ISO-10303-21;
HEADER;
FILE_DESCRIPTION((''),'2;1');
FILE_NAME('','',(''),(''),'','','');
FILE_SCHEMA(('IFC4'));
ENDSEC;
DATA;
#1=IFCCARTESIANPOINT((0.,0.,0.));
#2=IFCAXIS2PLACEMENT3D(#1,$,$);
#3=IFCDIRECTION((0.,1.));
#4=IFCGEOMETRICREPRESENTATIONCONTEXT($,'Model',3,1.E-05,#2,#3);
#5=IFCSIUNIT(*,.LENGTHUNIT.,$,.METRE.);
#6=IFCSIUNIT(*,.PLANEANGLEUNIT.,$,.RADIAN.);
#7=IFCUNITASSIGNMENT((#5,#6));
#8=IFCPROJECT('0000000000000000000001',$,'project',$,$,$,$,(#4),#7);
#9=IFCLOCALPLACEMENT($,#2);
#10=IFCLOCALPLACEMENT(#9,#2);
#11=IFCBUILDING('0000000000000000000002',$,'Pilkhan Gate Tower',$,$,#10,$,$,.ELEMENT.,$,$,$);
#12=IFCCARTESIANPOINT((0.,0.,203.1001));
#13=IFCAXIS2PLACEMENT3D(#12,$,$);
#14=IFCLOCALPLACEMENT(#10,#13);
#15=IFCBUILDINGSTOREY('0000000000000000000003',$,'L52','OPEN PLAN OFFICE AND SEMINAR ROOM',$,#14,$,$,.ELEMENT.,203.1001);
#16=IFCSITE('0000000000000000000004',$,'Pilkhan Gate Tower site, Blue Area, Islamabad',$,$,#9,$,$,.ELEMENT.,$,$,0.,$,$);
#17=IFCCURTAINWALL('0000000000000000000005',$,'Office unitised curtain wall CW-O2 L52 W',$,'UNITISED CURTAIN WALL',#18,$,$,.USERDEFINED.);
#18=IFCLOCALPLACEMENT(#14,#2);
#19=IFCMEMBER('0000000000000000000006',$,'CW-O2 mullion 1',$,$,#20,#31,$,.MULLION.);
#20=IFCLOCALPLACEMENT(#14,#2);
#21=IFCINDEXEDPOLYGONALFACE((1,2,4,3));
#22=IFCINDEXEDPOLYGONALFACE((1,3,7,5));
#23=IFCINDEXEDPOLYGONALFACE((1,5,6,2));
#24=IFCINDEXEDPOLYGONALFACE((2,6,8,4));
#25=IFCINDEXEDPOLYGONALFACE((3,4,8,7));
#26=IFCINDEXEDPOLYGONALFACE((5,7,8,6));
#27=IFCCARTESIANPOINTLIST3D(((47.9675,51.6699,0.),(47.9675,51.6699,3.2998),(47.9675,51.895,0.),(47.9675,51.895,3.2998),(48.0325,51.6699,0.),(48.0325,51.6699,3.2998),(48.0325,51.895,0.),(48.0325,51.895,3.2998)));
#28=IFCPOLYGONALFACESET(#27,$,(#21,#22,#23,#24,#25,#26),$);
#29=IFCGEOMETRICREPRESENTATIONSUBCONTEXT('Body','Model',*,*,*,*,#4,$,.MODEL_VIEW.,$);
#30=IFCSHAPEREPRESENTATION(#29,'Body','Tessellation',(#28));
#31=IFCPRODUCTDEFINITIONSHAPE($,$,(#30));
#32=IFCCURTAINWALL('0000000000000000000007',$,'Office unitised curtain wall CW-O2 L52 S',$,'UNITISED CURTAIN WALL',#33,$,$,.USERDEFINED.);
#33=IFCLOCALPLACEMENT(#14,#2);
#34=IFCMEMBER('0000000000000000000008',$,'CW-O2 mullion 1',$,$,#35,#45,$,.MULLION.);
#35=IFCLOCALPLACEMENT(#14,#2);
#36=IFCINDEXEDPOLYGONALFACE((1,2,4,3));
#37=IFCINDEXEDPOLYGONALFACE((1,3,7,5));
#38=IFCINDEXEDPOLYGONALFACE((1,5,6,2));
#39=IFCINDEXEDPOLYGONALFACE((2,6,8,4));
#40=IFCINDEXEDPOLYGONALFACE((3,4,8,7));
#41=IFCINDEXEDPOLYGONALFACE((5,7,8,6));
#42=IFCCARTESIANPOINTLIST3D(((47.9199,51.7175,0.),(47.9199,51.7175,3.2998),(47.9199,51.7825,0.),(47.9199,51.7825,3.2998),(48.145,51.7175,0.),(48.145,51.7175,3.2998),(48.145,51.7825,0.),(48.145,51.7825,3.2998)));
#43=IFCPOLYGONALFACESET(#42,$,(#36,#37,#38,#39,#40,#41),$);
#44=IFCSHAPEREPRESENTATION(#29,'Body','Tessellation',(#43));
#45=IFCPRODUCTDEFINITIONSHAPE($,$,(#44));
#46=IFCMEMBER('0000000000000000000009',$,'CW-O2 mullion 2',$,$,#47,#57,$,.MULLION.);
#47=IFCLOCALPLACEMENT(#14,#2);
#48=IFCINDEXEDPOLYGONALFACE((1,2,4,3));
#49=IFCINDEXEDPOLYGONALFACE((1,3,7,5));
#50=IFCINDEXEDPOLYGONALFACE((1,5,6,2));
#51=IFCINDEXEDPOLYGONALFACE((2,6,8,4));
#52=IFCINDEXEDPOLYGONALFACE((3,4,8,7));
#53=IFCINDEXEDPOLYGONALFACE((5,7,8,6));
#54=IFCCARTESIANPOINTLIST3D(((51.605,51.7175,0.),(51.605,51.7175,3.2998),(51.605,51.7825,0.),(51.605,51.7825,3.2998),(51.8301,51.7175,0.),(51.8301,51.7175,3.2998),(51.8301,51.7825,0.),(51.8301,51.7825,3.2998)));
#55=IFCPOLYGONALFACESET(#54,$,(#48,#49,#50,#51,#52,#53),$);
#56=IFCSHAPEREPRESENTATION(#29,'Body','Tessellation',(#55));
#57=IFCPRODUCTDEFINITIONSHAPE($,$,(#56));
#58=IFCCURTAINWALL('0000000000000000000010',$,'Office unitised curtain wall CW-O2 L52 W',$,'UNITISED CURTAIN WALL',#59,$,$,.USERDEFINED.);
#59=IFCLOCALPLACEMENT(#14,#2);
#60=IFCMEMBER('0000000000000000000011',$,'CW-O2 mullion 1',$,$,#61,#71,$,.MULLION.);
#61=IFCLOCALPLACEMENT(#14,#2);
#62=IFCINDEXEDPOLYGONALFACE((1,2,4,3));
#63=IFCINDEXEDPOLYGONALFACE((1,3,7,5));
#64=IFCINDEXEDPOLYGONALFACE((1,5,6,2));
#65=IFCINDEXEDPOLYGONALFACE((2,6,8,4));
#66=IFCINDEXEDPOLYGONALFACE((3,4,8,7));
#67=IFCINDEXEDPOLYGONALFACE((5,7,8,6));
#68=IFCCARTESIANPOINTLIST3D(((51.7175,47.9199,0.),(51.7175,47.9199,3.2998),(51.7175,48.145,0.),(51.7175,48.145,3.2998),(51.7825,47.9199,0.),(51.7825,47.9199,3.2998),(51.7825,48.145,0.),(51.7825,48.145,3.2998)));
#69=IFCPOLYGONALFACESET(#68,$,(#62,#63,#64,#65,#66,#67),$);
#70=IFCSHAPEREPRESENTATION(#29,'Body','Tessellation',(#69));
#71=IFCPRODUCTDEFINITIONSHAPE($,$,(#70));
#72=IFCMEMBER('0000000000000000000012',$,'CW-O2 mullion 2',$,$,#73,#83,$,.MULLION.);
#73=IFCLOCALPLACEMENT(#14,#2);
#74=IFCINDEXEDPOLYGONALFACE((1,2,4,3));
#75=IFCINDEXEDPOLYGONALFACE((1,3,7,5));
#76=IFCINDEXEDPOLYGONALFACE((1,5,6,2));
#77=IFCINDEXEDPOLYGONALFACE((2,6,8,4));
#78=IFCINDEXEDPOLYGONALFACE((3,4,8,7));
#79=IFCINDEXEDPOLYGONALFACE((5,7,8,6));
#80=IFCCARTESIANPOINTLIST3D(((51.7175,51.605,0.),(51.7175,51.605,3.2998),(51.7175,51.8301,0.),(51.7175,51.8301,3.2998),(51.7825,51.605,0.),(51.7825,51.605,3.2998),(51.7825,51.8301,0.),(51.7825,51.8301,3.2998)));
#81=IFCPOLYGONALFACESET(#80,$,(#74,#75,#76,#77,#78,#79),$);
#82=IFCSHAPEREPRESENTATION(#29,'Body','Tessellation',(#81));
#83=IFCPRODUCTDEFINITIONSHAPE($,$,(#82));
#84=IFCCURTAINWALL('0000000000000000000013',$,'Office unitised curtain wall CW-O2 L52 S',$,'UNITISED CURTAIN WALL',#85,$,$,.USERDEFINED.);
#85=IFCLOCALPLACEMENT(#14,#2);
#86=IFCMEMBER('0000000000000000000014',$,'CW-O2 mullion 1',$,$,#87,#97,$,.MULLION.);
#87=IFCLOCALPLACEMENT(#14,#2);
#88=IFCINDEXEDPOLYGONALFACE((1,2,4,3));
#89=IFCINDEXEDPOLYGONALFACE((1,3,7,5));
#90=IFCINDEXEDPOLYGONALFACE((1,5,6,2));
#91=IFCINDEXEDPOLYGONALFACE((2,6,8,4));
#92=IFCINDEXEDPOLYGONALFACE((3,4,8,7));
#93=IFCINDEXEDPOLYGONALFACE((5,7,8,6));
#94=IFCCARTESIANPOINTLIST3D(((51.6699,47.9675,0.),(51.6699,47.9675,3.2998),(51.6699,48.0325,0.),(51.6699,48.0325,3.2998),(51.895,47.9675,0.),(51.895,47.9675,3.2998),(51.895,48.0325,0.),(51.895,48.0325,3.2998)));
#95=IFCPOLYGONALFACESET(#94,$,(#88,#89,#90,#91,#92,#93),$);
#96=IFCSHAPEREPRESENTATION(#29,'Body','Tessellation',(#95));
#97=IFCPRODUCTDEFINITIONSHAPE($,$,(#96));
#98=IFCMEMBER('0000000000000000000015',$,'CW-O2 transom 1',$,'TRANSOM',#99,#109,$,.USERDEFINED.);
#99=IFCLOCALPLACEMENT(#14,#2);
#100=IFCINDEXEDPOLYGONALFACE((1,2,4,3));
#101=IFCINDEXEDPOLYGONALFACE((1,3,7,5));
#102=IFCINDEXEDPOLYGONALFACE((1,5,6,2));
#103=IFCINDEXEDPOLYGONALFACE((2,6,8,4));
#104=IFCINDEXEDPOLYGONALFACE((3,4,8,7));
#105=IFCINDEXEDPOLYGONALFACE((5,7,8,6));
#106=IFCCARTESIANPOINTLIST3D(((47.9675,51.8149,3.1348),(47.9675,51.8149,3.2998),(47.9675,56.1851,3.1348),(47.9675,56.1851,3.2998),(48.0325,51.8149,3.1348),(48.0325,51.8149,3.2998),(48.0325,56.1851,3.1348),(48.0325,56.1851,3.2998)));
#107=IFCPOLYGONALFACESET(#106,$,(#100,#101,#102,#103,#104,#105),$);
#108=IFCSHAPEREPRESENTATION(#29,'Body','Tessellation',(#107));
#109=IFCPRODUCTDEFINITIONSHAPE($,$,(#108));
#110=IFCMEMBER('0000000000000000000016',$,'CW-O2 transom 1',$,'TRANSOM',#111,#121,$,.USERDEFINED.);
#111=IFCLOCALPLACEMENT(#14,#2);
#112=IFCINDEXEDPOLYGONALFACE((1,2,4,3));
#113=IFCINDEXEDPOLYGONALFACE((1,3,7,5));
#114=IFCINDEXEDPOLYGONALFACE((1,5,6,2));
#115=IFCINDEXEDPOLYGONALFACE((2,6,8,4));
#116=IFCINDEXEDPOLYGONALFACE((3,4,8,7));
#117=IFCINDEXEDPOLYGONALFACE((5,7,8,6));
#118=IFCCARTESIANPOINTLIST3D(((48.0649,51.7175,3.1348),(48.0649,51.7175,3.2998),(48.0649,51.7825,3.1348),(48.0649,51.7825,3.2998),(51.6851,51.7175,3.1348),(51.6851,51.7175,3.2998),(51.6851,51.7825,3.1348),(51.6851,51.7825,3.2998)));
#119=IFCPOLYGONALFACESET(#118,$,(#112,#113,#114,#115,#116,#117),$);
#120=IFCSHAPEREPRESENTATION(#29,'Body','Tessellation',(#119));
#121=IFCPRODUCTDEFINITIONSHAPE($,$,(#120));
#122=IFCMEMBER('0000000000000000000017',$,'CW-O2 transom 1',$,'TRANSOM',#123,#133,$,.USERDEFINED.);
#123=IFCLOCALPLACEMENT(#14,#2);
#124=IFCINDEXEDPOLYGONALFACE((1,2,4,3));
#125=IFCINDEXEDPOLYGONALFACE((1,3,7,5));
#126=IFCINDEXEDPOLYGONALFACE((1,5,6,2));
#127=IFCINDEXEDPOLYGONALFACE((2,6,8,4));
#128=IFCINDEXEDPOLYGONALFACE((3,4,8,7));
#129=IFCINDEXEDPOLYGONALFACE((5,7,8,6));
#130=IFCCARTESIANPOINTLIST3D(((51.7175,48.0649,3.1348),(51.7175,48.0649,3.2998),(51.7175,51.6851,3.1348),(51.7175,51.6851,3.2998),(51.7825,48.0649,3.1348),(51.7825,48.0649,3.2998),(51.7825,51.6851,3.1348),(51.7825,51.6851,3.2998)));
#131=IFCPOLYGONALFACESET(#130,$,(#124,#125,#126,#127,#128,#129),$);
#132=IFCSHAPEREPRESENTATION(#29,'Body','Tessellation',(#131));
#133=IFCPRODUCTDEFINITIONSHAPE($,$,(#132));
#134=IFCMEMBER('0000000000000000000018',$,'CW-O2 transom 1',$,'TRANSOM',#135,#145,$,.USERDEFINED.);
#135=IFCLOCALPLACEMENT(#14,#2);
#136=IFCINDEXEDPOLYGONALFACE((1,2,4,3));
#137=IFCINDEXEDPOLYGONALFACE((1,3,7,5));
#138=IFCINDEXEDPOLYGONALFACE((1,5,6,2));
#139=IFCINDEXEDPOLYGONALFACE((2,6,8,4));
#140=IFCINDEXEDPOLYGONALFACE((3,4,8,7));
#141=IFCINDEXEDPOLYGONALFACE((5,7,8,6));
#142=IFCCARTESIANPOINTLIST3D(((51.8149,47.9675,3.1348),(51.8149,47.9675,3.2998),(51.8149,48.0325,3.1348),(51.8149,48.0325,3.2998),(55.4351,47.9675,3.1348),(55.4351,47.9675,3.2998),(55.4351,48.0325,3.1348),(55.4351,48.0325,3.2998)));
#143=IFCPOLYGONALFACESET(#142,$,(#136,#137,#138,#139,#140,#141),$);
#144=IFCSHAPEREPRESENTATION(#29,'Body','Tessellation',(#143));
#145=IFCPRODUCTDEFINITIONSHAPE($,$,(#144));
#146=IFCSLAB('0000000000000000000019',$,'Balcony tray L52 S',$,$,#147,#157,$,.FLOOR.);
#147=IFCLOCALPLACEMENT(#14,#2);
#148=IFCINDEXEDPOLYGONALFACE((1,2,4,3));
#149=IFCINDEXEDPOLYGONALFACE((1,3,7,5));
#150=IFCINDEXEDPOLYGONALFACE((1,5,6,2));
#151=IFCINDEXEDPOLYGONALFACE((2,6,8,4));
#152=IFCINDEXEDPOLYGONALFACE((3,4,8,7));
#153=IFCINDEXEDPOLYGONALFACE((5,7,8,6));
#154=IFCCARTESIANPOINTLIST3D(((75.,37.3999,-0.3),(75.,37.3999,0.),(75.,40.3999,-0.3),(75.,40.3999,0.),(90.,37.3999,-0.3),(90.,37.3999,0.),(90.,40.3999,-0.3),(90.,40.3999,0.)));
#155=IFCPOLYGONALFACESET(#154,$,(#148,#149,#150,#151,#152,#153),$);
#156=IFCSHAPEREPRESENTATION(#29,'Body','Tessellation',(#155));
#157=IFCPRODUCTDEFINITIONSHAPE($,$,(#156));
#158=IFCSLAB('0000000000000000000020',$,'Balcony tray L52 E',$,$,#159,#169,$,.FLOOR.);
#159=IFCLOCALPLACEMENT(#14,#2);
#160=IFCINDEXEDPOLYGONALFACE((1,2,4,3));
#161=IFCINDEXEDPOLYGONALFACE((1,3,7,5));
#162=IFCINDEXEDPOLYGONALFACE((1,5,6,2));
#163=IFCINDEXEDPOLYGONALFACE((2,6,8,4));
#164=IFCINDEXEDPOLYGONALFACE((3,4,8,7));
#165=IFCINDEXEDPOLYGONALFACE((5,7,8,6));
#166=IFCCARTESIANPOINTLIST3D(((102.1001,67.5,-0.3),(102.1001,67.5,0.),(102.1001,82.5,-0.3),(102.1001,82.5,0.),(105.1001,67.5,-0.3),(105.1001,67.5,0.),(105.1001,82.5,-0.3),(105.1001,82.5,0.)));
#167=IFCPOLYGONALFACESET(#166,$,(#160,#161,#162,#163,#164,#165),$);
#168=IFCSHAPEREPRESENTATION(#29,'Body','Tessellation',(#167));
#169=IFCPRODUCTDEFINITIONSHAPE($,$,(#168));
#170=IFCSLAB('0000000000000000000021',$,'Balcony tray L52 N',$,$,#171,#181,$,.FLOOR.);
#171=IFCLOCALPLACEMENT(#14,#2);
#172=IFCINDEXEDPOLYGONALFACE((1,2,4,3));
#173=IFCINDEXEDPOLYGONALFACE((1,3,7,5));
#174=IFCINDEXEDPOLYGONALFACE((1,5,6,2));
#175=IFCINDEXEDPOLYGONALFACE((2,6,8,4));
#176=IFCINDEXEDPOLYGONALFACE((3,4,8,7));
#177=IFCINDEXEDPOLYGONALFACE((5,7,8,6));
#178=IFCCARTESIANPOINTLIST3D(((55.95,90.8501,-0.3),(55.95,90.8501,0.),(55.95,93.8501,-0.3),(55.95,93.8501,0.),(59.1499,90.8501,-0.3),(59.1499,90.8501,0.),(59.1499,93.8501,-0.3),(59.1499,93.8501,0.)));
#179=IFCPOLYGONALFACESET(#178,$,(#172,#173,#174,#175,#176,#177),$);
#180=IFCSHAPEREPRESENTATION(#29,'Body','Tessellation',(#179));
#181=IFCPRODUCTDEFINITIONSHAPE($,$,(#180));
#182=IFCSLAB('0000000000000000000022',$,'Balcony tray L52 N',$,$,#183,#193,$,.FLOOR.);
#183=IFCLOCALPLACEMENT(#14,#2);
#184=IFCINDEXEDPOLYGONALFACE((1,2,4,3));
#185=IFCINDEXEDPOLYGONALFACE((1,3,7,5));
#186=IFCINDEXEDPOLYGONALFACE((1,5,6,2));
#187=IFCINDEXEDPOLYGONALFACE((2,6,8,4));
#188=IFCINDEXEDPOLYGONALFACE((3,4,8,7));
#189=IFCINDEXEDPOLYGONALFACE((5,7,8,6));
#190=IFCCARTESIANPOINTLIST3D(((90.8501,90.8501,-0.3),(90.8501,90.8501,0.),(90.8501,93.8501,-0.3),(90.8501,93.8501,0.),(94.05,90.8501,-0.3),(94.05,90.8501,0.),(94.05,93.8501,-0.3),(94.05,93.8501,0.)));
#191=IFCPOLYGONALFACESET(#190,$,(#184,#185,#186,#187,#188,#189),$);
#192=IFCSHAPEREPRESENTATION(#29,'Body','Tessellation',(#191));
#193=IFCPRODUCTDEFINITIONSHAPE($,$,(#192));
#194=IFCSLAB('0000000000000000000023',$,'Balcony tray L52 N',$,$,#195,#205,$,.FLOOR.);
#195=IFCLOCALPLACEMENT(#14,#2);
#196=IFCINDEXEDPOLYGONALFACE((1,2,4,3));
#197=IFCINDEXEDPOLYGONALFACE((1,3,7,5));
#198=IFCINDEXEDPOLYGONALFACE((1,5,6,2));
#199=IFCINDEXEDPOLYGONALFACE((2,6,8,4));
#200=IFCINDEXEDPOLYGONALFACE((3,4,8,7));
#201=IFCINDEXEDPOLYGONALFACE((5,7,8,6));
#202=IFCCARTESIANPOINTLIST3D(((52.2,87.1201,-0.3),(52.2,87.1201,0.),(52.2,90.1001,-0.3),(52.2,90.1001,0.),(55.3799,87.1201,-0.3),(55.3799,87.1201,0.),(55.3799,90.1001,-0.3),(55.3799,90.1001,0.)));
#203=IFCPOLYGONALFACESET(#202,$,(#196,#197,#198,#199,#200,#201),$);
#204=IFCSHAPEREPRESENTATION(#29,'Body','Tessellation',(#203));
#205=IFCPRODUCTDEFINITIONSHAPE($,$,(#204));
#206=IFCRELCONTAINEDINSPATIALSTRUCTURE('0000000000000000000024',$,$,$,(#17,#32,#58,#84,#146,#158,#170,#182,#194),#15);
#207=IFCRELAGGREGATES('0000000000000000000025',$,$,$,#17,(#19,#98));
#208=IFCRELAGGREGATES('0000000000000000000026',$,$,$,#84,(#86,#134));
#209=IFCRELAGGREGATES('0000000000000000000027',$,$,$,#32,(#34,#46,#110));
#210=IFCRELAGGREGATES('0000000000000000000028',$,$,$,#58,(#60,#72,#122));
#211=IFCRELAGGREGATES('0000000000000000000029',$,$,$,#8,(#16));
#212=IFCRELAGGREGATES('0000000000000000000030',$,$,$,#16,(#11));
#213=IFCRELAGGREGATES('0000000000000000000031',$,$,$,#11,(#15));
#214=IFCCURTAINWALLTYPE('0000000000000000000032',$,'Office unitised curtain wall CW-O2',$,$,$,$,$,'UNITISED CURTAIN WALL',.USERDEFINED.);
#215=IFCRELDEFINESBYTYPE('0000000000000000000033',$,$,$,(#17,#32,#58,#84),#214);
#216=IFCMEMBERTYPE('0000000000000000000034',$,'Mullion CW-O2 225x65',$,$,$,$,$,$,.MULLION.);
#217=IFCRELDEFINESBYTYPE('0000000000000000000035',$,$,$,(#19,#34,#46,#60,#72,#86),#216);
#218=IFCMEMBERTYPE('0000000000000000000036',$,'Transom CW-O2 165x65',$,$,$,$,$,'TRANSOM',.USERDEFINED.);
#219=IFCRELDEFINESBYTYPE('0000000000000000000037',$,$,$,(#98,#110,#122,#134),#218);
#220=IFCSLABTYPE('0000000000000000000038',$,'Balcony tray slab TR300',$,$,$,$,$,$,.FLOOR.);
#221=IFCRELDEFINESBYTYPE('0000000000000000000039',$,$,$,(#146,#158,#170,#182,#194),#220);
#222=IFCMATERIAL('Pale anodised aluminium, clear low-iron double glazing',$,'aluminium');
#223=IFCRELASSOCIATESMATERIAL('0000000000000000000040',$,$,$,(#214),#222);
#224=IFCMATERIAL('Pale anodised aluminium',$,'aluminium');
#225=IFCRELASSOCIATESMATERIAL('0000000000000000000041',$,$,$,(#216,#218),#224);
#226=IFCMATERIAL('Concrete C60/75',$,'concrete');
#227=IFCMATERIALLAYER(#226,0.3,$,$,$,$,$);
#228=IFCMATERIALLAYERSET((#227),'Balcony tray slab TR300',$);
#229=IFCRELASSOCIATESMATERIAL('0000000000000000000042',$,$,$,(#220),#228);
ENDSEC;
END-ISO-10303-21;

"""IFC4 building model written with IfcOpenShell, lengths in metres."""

from ifc_helpers import new_model, si_unit, direction, frame, origin, origin_2d, place, context, subcontext, project, spatial, polyline, rectangle, outline, extrude, material, layer, layer_set, material_profile, profile_set, type_object, element, aggregate, save


model = new_model("IFC4")

# Units and contexts
model_context = context("Model", 3, precision=1e-05, world=origin(), true_north=direction((0.0, 1.0)))
body_context = subcontext(model_context, "Body", "Model", "MODEL_VIEW")
ifc_project = project(units=[si_unit("LENGTHUNIT", "METRE"), si_unit("PLANEANGLEUNIT", "RADIAN")], contexts=[model_context])

# Site, building, storey
site_placement = place(None, origin())
site = spatial("IfcSite", under=ifc_project, at=site_placement, Name="Pilkhan Gate Tower site, Blue Area, Islamabad", CompositionType="ELEMENT", RefElevation=0.0)
building_placement = place(site_placement, origin())
building = spatial("IfcBuilding", under=site, at=building_placement, Name="Pilkhan Gate Tower", CompositionType="ELEMENT")
storey_placement = place(building_placement, frame((0.0, 0.0, 203.1001)))
storey = spatial("IfcBuildingStorey", under=building, at=storey_placement, Name="L52", Description="OPEN PLAN OFFICE AND SEMINAR ROOM", CompositionType="ELEMENT", Elevation=203.1001)

# Curtain wall, member
ifc_material_1 = material(Name="Pale anodised aluminium, clear low-iron double glazing", Category="aluminium")
curtain_wall_type = type_object("IfcCurtainWallType", Name="Office unitised curtain wall CW-O2", ElementType="UNITISED CURTAIN WALL", PredefinedType="USERDEFINED", material=ifc_material_1)
curtain_wall_1_placement = place(storey_placement, origin())
curtain_wall_1 = element("IfcCurtainWall", 1, at=curtain_wall_1_placement, inside=storey, type_object=curtain_wall_type, Name="Office unitised curtain wall CW-O2 L52 W", ObjectType="UNITISED CURTAIN WALL", PredefinedType="USERDEFINED")
ifc_material_2 = material(Name="Pale anodised aluminium", Category="aluminium")
ifc_material_profile_1 = material_profile(ifc_material_2, rectangle(XDim=0.0649, YDim=0.2251, at=origin_2d()), Name="Mullion 225x65")
ifc_profile_set_1 = profile_set([ifc_material_profile_1], Name="Pale anodised aluminium")
member_type_1 = type_object("IfcMemberType", Name="Mullion CW-O2 225x65", PredefinedType="MULLION", material=ifc_profile_set_1)
member_1_placement = place(storey_placement, frame((48.0, 51.7825, 0.0), z_axis=(0.0, 0.0, 1.0), x_axis=(-1.0, 0.0, 0.0)))
member_1 = element("IfcMember", 2, at=member_1_placement, type_object=member_type_1, Name="CW-O2 mullion 1", PredefinedType="MULLION", context=body_context, shape_type="SweptSolid", body=[
    extrude(rectangle(XDim=0.0649, YDim=0.2251, at=origin_2d()), origin(), (0.0, 0.0, 1.0), 3.2998),
])

# Curtain walls, members
curtain_wall_2_placement = place(storey_placement, origin())
curtain_wall_2 = element("IfcCurtainWall", 3, at=curtain_wall_2_placement, inside=storey, type_object=curtain_wall_type, Name="Office unitised curtain wall CW-O2 L52 S", ObjectType="UNITISED CURTAIN WALL", PredefinedType="USERDEFINED")
member_2_placement = place(storey_placement, frame((48.0325, 51.75, 0.0), z_axis=(0.0, 0.0, 1.0), x_axis=(0.0, 1.0, 0.0)))
member_2 = element("IfcMember", 4, at=member_2_placement, type_object=member_type_1, Name="CW-O2 mullion 1", PredefinedType="MULLION", context=body_context, shape_type="SweptSolid", body=[
    extrude(rectangle(XDim=0.0649, YDim=0.2251, at=origin_2d()), origin(), (0.0, 0.0, 1.0), 3.2998),
])
member_3_placement = place(storey_placement, frame((51.7175, 51.75, 0.0), z_axis=(0.0, 0.0, 1.0), x_axis=(0.0, 1.0, 0.0)))
member_3 = element("IfcMember", 5, at=member_3_placement, type_object=member_type_1, Name="CW-O2 mullion 2", PredefinedType="MULLION", context=body_context, shape_type="SweptSolid", body=[
    extrude(rectangle(XDim=0.0649, YDim=0.2251, at=origin_2d()), origin(), (0.0, 0.0, 1.0), 3.2998),
])
curtain_wall_3_placement = place(storey_placement, origin())
curtain_wall_3 = element("IfcCurtainWall", 6, at=curtain_wall_3_placement, inside=storey, type_object=curtain_wall_type, Name="Office unitised curtain wall CW-O2 L52 W", ObjectType="UNITISED CURTAIN WALL", PredefinedType="USERDEFINED")
member_4_placement = place(storey_placement, frame((51.75, 48.0325, 0.0), z_axis=(0.0, 0.0, 1.0), x_axis=(-1.0, 0.0, 0.0)))
member_4 = element("IfcMember", 7, at=member_4_placement, type_object=member_type_1, Name="CW-O2 mullion 1", PredefinedType="MULLION", context=body_context, shape_type="SweptSolid", body=[
    extrude(rectangle(XDim=0.0649, YDim=0.2251, at=origin_2d()), origin(), (0.0, 0.0, 1.0), 3.2998),
])
member_5_placement = place(storey_placement, frame((51.75, 51.7175, 0.0), z_axis=(0.0, 0.0, 1.0), x_axis=(-1.0, 0.0, 0.0)))
member_5 = element("IfcMember", 8, at=member_5_placement, type_object=member_type_1, Name="CW-O2 mullion 2", PredefinedType="MULLION", context=body_context, shape_type="SweptSolid", body=[
    extrude(rectangle(XDim=0.0649, YDim=0.2251, at=origin_2d()), origin(), (0.0, 0.0, 1.0), 3.2998),
])

# Curtain wall, member
curtain_wall_4_placement = place(storey_placement, origin())
curtain_wall_4 = element("IfcCurtainWall", 9, at=curtain_wall_4_placement, inside=storey, type_object=curtain_wall_type, Name="Office unitised curtain wall CW-O2 L52 S", ObjectType="UNITISED CURTAIN WALL", PredefinedType="USERDEFINED")
member_6_placement = place(storey_placement, frame((51.7825, 48.0, 0.0), z_axis=(0.0, 0.0, 1.0), x_axis=(0.0, 1.0, 0.0)))
member_6 = element("IfcMember", 10, at=member_6_placement, type_object=member_type_1, Name="CW-O2 mullion 1", PredefinedType="MULLION", context=body_context, shape_type="SweptSolid", body=[
    extrude(rectangle(XDim=0.0649, YDim=0.2251, at=origin_2d()), origin(), (0.0, 0.0, 1.0), 3.2998),
])

# Members
ifc_material_profile_2 = material_profile(ifc_material_2, rectangle(XDim=0.0649, YDim=0.165, at=origin_2d()), Name="Transom 165x65")
ifc_profile_set_2 = profile_set([ifc_material_profile_2], Name="Pale anodised aluminium")
member_type_2 = type_object("IfcMemberType", Name="Transom CW-O2 165x65", ElementType="TRANSOM", PredefinedType="USERDEFINED", material=ifc_profile_set_2)
member_7_placement = place(storey_placement, frame((48.0, 51.8149, 3.2173), z_axis=(0.0, 1.0, 0.0), x_axis=(-1.0, 0.0, 0.0)))
member_7 = element("IfcMember", 11, at=member_7_placement, type_object=member_type_2, Name="CW-O2 transom 1", ObjectType="TRANSOM", PredefinedType="USERDEFINED", context=body_context, shape_type="SweptSolid", body=[
    extrude(rectangle(XDim=0.0649, YDim=0.165, at=origin_2d()), origin(), (0.0, 0.0, 1.0), 4.3701),
])
aggregate(curtain_wall_1, [member_1, member_7])
member_8_placement = place(storey_placement, frame((48.0649, 51.75, 3.2173), z_axis=(1.0, 0.0, 0.0), x_axis=(0.0, 1.0, 0.0)))
member_8 = element("IfcMember", 12, at=member_8_placement, type_object=member_type_2, Name="CW-O2 transom 1", ObjectType="TRANSOM", PredefinedType="USERDEFINED", context=body_context, shape_type="SweptSolid", body=[
    extrude(rectangle(XDim=0.0649, YDim=0.165, at=origin_2d()), origin(), (0.0, 0.0, 1.0), 3.6201),
])
member_9_placement = place(storey_placement, frame((51.75, 48.0649, 3.2173), z_axis=(0.0, 1.0, 0.0), x_axis=(-1.0, 0.0, 0.0)))
member_9 = element("IfcMember", 13, at=member_9_placement, type_object=member_type_2, Name="CW-O2 transom 1", ObjectType="TRANSOM", PredefinedType="USERDEFINED", context=body_context, shape_type="SweptSolid", body=[
    extrude(rectangle(XDim=0.0649, YDim=0.165, at=origin_2d()), origin(), (0.0, 0.0, 1.0), 3.6201),
])
member_10_placement = place(storey_placement, frame((51.8149, 48.0, 3.2173), z_axis=(1.0, 0.0, 0.0), x_axis=(0.0, 1.0, 0.0)))
member_10 = element("IfcMember", 14, at=member_10_placement, type_object=member_type_2, Name="CW-O2 transom 1", ObjectType="TRANSOM", PredefinedType="USERDEFINED", context=body_context, shape_type="SweptSolid", body=[
    extrude(rectangle(XDim=0.0649, YDim=0.165, at=origin_2d()), origin(), (0.0, 0.0, 1.0), 3.6201),
])
aggregate(curtain_wall_4, [member_6, member_10])

# Slabs
ifc_material_3 = material(Name="Concrete C60/75", Category="concrete")
ifc_layer_1 = layer(ifc_material_3, 0.3)
ifc_layer_set_1 = layer_set([ifc_layer_1], Name="Balcony tray slab TR300")
slab_type_1 = type_object("IfcSlabType", Name="Balcony tray slab TR300", PredefinedType="FLOOR", material=ifc_layer_set_1)
slab_1_placement = place(storey_placement, frame((0.0, 0.0, -0.3)))
element("IfcSlab", 15, at=slab_1_placement, inside=storey, type_object=slab_type_1, Name="Balcony tray L52 S", PredefinedType="FLOOR", context=body_context, shape_type="SweptSolid", body=[
    extrude(outline(polyline([(90.0, 37.3999), (90.0, 40.3999), (75.0, 40.3999), (75.0, 37.3999), (90.0, 37.3999)])), origin(), (0.0, 0.0, 1.0), 0.3),
])
slab_2_placement = place(storey_placement, frame((0.0, 0.0, -0.3)))
element("IfcSlab", 16, at=slab_2_placement, inside=storey, type_object=slab_type_1, Name="Balcony tray L52 E", PredefinedType="FLOOR", context=body_context, shape_type="SweptSolid", body=[
    extrude(outline(polyline([(105.1001, 67.5), (105.1001, 82.5), (102.1001, 82.5), (102.1001, 67.5), (105.1001, 67.5)])), origin(), (0.0, 0.0, 1.0), 0.3),
])
slab_3_placement = place(storey_placement, frame((0.0, 0.0, -0.3)))
element("IfcSlab", 17, at=slab_3_placement, inside=storey, type_object=slab_type_1, Name="Balcony tray L52 N", PredefinedType="FLOOR", context=body_context, shape_type="SweptSolid", body=[
    extrude(outline(polyline([(59.1499, 90.8501), (59.1499, 93.8501), (55.95, 93.8501), (55.95, 90.8501), (59.1499, 90.8501)])), origin(), (0.0, 0.0, 1.0), 0.3),
])
slab_4_placement = place(storey_placement, frame((0.0, 0.0, -0.3)))
element("IfcSlab", 18, at=slab_4_placement, inside=storey, type_object=slab_type_1, Name="Balcony tray L52 N", PredefinedType="FLOOR", context=body_context, shape_type="SweptSolid", body=[
    extrude(outline(polyline([(94.05, 90.8501), (94.05, 93.8501), (90.8501, 93.8501), (90.8501, 90.8501), (94.05, 90.8501)])), origin(), (0.0, 0.0, 1.0), 0.3),
])
slab_5_placement = place(storey_placement, frame((0.0, 0.0, -0.3)))
element("IfcSlab", 19, at=slab_5_placement, inside=storey, type_object=slab_type_1, Name="Balcony tray L52 N", PredefinedType="FLOOR", context=body_context, shape_type="SweptSolid", body=[
    extrude(outline(polyline([(55.3799, 87.1201), (55.3799, 90.1001), (52.2, 90.1001), (52.2, 87.1201), (55.3799, 87.1201)])), origin(), (0.0, 0.0, 1.0), 0.3),
])

aggregate(curtain_wall_2, [member_2, member_3, member_8])
aggregate(curtain_wall_3, [member_4, member_5, member_9])

save(model, "model.ifc")
